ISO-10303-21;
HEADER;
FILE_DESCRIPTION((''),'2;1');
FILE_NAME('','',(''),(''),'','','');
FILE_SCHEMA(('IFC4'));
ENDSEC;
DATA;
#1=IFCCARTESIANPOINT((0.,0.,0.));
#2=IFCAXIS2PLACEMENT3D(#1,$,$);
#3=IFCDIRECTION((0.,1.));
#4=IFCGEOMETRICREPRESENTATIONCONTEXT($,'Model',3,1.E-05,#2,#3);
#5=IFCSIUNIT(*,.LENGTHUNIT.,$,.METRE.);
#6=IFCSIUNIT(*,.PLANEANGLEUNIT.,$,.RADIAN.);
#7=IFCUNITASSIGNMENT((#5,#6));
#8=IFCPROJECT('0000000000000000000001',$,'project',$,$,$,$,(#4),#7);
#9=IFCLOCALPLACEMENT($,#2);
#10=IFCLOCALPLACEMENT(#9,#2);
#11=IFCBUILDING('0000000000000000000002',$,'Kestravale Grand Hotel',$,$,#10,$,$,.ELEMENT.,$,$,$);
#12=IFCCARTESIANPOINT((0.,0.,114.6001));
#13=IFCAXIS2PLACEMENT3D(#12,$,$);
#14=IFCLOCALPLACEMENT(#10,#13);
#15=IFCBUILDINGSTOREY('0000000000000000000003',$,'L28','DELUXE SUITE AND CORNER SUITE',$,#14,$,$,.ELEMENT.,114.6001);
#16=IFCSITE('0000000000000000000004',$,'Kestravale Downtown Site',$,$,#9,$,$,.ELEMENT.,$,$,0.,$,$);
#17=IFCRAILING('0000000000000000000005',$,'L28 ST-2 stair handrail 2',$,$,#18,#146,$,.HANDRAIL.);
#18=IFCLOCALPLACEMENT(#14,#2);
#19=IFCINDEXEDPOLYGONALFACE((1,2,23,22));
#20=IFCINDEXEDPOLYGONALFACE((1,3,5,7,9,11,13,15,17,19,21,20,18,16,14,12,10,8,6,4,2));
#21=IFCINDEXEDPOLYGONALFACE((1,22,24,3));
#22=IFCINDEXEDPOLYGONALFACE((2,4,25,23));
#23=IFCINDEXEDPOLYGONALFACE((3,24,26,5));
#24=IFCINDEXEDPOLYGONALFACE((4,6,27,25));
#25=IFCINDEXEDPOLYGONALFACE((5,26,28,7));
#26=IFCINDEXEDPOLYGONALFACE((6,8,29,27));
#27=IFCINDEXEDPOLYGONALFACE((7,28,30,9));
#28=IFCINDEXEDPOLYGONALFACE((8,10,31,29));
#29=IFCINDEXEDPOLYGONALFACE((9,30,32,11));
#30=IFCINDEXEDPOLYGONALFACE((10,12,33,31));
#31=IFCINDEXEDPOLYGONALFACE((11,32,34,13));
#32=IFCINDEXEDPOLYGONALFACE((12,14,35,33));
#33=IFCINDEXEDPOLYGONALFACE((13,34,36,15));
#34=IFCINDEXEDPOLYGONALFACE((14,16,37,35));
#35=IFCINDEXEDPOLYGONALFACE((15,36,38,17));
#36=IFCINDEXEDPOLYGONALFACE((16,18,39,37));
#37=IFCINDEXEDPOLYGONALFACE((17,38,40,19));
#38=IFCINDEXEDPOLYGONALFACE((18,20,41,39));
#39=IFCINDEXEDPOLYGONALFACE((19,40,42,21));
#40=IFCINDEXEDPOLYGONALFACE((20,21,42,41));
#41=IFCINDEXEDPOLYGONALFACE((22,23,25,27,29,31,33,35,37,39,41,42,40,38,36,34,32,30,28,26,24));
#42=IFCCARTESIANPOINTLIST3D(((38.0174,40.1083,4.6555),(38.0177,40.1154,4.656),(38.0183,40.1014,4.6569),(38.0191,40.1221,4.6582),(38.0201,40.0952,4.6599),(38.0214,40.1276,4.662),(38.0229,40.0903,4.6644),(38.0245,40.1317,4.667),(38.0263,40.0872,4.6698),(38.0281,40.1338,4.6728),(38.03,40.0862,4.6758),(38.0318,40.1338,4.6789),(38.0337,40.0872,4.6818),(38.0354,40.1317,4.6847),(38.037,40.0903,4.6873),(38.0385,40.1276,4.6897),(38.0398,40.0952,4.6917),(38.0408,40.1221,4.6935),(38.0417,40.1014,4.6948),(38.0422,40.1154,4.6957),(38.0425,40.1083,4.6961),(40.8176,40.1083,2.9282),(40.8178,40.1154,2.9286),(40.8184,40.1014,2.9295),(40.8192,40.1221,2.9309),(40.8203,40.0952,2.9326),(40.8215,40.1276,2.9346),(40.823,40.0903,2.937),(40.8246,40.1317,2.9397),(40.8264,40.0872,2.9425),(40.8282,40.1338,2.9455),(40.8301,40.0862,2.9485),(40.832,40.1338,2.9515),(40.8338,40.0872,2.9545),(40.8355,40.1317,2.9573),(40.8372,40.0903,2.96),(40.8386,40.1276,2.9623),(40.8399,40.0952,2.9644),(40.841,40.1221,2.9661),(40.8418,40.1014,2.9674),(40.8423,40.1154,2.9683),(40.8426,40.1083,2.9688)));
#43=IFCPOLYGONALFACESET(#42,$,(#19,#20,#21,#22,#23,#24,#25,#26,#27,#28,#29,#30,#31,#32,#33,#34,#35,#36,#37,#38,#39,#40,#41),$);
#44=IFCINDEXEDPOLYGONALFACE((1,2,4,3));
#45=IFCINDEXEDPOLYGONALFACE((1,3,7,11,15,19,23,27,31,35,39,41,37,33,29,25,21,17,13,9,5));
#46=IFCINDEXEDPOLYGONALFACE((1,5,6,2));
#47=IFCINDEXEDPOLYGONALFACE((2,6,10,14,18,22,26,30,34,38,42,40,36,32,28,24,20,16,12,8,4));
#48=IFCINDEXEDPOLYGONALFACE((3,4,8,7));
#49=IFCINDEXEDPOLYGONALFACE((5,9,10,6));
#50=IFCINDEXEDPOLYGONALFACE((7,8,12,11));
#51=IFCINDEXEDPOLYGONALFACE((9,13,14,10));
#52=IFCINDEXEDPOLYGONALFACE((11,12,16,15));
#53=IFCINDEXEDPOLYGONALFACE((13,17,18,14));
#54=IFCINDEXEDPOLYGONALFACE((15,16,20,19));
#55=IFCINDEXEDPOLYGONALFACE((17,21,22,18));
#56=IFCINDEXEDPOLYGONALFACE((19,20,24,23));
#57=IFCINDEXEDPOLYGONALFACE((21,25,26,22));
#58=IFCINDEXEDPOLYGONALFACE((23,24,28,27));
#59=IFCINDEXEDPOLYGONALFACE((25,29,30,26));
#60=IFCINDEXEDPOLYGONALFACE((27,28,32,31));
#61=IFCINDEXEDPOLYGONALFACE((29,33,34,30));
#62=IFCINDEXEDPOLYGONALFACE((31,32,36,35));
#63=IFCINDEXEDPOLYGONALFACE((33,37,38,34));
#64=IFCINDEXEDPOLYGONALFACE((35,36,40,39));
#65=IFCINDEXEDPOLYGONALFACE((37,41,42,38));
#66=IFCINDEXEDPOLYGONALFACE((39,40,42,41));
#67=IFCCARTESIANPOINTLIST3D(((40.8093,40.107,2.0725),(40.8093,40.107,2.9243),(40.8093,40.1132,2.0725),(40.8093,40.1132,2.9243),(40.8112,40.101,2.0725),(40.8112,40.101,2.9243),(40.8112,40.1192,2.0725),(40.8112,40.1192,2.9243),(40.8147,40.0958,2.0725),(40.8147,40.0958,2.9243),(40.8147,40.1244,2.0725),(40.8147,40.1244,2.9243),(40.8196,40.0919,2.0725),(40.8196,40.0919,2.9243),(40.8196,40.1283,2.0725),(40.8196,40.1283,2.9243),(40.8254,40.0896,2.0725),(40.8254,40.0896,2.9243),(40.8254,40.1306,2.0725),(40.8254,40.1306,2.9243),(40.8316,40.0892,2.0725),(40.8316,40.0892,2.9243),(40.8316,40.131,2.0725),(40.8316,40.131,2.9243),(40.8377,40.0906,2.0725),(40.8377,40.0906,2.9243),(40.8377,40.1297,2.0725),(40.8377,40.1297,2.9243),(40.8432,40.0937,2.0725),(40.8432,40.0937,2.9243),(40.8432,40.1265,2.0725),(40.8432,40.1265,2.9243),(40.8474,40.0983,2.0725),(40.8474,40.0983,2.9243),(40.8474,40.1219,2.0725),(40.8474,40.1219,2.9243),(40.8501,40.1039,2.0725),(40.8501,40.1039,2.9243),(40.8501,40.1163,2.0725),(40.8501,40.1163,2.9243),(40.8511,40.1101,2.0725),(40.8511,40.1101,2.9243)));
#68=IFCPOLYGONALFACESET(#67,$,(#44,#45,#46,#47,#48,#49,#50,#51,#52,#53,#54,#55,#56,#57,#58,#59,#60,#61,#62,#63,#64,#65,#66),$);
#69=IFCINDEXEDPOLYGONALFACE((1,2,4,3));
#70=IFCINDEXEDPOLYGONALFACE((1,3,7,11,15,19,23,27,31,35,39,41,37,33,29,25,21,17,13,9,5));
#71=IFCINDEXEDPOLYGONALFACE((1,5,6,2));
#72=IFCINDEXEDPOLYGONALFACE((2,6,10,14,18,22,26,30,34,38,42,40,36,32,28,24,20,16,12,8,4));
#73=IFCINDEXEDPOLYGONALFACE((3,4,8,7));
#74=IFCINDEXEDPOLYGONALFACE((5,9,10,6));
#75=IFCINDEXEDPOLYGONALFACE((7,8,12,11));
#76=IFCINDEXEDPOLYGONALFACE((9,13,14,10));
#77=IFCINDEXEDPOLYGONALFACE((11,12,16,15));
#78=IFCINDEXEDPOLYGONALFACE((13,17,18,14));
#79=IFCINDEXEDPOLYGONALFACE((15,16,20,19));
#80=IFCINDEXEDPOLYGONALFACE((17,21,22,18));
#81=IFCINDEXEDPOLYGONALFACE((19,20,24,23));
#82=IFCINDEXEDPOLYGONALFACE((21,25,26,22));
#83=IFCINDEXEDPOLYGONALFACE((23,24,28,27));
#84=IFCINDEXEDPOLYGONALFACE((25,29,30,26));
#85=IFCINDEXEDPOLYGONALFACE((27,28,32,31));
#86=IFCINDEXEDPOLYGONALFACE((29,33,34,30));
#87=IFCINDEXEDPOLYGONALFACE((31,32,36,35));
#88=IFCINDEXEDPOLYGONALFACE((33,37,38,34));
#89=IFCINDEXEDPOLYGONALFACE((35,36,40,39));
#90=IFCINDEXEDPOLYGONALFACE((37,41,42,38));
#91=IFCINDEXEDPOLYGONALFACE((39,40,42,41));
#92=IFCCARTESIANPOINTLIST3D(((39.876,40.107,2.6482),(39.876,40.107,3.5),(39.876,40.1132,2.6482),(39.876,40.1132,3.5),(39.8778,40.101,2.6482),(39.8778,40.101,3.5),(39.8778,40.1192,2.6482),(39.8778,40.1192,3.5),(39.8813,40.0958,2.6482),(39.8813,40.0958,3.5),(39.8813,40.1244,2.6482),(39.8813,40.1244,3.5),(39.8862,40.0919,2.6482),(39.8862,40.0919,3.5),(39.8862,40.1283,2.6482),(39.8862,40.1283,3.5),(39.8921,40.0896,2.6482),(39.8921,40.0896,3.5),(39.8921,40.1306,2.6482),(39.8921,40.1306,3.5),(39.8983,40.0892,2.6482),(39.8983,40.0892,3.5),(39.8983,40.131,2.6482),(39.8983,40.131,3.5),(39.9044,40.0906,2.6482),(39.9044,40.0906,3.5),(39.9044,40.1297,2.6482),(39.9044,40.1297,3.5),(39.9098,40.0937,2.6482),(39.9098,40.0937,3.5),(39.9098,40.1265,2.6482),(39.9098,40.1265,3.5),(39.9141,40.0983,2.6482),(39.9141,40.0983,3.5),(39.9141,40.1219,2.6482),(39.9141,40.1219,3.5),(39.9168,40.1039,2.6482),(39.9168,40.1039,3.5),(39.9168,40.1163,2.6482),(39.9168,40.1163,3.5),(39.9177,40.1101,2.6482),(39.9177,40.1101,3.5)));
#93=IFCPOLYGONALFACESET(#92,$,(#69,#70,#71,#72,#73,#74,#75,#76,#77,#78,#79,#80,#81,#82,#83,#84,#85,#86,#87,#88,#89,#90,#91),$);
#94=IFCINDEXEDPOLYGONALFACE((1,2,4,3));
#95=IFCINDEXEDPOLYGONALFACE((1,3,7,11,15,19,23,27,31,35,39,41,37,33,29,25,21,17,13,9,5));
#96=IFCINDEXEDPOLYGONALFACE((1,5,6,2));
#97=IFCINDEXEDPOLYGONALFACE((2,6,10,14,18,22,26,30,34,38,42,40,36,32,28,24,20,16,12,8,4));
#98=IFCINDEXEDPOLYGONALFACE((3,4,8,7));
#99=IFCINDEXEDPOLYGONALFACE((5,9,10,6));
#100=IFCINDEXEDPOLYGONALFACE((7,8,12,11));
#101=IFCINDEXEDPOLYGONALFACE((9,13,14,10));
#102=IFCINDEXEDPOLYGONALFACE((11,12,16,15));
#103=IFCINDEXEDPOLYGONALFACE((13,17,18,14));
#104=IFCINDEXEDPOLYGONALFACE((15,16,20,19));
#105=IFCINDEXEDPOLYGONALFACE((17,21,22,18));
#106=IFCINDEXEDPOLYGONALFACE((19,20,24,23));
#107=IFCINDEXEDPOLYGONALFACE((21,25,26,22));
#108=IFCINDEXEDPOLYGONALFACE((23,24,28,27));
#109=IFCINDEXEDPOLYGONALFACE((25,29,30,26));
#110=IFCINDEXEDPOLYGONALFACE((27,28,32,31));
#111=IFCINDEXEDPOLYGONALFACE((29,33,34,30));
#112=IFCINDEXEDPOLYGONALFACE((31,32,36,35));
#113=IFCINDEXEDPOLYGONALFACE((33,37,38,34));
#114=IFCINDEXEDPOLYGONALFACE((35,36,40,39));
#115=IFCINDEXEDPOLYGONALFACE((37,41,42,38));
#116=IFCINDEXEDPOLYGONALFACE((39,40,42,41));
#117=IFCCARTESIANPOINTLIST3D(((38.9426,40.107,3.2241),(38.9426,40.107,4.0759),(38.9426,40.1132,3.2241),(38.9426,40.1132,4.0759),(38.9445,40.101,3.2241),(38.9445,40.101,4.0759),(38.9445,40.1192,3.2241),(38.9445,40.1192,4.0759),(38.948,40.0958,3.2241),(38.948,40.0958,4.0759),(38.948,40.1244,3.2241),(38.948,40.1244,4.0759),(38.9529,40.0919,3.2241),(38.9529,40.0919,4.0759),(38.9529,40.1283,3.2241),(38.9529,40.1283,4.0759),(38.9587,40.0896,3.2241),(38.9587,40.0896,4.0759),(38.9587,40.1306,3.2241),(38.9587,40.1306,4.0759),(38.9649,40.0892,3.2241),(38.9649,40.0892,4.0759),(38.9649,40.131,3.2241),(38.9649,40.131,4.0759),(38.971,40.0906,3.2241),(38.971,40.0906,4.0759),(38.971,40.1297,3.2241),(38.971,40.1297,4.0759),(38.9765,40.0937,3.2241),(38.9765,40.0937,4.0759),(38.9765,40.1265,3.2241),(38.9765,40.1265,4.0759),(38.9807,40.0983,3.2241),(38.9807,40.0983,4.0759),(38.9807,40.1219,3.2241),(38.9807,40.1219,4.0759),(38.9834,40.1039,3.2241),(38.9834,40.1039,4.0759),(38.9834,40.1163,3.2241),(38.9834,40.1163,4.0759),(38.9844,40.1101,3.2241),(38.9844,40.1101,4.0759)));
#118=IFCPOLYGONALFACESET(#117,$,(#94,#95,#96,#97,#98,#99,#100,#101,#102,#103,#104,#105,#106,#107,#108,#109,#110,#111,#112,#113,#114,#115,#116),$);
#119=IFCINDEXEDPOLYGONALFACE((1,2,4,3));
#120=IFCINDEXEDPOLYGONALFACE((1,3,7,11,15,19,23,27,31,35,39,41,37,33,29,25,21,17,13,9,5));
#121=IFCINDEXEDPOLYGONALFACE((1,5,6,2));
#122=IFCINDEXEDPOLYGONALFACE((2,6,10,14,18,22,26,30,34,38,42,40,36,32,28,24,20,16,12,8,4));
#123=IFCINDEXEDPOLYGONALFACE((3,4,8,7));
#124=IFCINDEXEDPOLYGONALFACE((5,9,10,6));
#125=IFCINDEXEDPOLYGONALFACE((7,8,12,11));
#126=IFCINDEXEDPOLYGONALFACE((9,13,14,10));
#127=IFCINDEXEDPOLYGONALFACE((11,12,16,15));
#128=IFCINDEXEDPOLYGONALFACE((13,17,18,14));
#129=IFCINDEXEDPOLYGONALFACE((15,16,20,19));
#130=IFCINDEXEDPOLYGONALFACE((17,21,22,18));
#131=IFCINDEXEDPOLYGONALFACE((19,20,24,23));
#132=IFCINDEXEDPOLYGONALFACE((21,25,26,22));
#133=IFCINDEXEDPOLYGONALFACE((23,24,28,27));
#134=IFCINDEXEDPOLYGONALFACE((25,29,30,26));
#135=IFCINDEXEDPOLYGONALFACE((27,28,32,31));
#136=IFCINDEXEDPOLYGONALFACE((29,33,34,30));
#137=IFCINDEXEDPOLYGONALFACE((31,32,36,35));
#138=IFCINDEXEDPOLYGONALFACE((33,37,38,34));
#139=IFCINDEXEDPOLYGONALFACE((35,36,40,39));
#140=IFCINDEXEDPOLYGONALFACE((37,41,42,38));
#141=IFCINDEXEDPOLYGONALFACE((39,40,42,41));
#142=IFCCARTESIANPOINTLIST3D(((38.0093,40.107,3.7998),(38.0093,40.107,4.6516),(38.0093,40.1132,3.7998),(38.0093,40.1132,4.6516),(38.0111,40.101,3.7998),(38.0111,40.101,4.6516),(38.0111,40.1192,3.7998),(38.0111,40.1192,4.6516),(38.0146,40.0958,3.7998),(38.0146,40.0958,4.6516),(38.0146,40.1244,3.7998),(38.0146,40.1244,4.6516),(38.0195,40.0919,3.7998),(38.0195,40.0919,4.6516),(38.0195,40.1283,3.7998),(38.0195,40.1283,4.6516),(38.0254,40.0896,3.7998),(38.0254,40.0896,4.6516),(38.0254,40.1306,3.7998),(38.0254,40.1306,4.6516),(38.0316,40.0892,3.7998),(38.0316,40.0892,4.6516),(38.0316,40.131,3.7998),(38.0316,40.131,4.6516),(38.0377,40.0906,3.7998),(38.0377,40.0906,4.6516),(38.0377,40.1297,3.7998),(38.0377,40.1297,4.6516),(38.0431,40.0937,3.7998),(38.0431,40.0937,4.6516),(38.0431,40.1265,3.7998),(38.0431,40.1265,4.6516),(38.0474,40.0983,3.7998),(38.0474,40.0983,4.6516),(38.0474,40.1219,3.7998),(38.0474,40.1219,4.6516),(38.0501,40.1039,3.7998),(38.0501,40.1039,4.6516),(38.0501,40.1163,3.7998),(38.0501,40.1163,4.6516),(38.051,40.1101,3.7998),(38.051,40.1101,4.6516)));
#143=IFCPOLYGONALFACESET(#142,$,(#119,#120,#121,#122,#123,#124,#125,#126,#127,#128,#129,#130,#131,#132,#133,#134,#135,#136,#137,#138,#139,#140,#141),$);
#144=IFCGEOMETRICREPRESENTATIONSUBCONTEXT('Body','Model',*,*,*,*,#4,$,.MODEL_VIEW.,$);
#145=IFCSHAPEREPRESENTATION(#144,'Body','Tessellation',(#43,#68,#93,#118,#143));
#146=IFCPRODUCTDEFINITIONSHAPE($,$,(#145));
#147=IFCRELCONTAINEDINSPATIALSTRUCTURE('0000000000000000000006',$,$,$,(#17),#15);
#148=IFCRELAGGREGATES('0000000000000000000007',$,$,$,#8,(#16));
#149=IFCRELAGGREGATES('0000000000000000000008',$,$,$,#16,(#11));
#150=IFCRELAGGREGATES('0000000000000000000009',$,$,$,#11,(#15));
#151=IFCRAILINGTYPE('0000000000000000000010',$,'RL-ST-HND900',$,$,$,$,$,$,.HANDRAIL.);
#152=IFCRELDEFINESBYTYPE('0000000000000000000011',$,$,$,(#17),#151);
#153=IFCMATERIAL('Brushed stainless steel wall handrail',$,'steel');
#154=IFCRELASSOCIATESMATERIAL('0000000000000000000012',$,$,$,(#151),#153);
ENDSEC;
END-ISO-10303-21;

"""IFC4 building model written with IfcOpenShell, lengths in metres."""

from ifc_helpers import new_model, si_unit, direction, frame, origin, origin_2d, place, context, subcontext, project, spatial, circle, extrude, material, type_object, element, save


model = new_model("IFC4")

# Units and contexts
model_context = context("Model", 3, precision=1e-05, world=origin(), true_north=direction((0.0, 1.0)))
body_context = subcontext(model_context, "Body", "Model", "MODEL_VIEW")
ifc_project = project(units=[si_unit("LENGTHUNIT", "METRE"), si_unit("PLANEANGLEUNIT", "RADIAN")], contexts=[model_context])

# Site, building, storey
site_placement = place(None, origin())
site = spatial("IfcSite", under=ifc_project, at=site_placement, Name="Kestravale Downtown Site", CompositionType="ELEMENT", RefElevation=0.0)
building_placement = place(site_placement, origin())
building = spatial("IfcBuilding", under=site, at=building_placement, Name="Kestravale Grand Hotel", CompositionType="ELEMENT")
storey_placement = place(building_placement, frame((0.0, 0.0, 114.6001)))
storey = spatial("IfcBuildingStorey", under=building, at=storey_placement, Name="L28", Description="DELUXE SUITE AND CORNER SUITE", CompositionType="ELEMENT", Elevation=114.6001)

# Railing
ifc_material_1 = material(Name="Brushed stainless steel wall handrail", Category="steel")
railing_type_1 = type_object("IfcRailingType", Name="RL-ST-HND900", PredefinedType="HANDRAIL", material=ifc_material_1)
railing_1_placement = place(storey_placement, frame((40.8301, 40.1101, 2.0725)))
element("IfcRailing", 1, at=railing_1_placement, inside=storey, type_object=railing_type_1, Name="L28 ST-2 stair handrail 2", PredefinedType="HANDRAIL", context=body_context, shape_type="SweptSolid", body=[
    extrude(circle(Radius=0.0239, at=origin_2d()), frame((0.0, 0.0, 0.876), z_axis=(-0.85109, 0.0, 0.52502), x_axis=(0.0, -1.0, 0.0)), (0.0, 0.0, 1.0), 3.29),
    extrude(circle(Radius=0.021, at=origin_2d()), origin(), (0.0, 0.0, 1.0), 0.8518),
    extrude(circle(Radius=0.021, at=origin_2d()), frame((-0.9333, 0.0, 0.5757)), (0.0, 0.0, 1.0), 0.8518),
    extrude(circle(Radius=0.021, at=origin_2d()), frame((-1.8667, 0.0, 1.1516)), (0.0, 0.0, 1.0), 0.8518),
    extrude(circle(Radius=0.021, at=origin_2d()), frame((-2.8, 0.0, 1.7273)), (0.0, 0.0, 1.0), 0.8518),
])

save(model, "model.ifc")
